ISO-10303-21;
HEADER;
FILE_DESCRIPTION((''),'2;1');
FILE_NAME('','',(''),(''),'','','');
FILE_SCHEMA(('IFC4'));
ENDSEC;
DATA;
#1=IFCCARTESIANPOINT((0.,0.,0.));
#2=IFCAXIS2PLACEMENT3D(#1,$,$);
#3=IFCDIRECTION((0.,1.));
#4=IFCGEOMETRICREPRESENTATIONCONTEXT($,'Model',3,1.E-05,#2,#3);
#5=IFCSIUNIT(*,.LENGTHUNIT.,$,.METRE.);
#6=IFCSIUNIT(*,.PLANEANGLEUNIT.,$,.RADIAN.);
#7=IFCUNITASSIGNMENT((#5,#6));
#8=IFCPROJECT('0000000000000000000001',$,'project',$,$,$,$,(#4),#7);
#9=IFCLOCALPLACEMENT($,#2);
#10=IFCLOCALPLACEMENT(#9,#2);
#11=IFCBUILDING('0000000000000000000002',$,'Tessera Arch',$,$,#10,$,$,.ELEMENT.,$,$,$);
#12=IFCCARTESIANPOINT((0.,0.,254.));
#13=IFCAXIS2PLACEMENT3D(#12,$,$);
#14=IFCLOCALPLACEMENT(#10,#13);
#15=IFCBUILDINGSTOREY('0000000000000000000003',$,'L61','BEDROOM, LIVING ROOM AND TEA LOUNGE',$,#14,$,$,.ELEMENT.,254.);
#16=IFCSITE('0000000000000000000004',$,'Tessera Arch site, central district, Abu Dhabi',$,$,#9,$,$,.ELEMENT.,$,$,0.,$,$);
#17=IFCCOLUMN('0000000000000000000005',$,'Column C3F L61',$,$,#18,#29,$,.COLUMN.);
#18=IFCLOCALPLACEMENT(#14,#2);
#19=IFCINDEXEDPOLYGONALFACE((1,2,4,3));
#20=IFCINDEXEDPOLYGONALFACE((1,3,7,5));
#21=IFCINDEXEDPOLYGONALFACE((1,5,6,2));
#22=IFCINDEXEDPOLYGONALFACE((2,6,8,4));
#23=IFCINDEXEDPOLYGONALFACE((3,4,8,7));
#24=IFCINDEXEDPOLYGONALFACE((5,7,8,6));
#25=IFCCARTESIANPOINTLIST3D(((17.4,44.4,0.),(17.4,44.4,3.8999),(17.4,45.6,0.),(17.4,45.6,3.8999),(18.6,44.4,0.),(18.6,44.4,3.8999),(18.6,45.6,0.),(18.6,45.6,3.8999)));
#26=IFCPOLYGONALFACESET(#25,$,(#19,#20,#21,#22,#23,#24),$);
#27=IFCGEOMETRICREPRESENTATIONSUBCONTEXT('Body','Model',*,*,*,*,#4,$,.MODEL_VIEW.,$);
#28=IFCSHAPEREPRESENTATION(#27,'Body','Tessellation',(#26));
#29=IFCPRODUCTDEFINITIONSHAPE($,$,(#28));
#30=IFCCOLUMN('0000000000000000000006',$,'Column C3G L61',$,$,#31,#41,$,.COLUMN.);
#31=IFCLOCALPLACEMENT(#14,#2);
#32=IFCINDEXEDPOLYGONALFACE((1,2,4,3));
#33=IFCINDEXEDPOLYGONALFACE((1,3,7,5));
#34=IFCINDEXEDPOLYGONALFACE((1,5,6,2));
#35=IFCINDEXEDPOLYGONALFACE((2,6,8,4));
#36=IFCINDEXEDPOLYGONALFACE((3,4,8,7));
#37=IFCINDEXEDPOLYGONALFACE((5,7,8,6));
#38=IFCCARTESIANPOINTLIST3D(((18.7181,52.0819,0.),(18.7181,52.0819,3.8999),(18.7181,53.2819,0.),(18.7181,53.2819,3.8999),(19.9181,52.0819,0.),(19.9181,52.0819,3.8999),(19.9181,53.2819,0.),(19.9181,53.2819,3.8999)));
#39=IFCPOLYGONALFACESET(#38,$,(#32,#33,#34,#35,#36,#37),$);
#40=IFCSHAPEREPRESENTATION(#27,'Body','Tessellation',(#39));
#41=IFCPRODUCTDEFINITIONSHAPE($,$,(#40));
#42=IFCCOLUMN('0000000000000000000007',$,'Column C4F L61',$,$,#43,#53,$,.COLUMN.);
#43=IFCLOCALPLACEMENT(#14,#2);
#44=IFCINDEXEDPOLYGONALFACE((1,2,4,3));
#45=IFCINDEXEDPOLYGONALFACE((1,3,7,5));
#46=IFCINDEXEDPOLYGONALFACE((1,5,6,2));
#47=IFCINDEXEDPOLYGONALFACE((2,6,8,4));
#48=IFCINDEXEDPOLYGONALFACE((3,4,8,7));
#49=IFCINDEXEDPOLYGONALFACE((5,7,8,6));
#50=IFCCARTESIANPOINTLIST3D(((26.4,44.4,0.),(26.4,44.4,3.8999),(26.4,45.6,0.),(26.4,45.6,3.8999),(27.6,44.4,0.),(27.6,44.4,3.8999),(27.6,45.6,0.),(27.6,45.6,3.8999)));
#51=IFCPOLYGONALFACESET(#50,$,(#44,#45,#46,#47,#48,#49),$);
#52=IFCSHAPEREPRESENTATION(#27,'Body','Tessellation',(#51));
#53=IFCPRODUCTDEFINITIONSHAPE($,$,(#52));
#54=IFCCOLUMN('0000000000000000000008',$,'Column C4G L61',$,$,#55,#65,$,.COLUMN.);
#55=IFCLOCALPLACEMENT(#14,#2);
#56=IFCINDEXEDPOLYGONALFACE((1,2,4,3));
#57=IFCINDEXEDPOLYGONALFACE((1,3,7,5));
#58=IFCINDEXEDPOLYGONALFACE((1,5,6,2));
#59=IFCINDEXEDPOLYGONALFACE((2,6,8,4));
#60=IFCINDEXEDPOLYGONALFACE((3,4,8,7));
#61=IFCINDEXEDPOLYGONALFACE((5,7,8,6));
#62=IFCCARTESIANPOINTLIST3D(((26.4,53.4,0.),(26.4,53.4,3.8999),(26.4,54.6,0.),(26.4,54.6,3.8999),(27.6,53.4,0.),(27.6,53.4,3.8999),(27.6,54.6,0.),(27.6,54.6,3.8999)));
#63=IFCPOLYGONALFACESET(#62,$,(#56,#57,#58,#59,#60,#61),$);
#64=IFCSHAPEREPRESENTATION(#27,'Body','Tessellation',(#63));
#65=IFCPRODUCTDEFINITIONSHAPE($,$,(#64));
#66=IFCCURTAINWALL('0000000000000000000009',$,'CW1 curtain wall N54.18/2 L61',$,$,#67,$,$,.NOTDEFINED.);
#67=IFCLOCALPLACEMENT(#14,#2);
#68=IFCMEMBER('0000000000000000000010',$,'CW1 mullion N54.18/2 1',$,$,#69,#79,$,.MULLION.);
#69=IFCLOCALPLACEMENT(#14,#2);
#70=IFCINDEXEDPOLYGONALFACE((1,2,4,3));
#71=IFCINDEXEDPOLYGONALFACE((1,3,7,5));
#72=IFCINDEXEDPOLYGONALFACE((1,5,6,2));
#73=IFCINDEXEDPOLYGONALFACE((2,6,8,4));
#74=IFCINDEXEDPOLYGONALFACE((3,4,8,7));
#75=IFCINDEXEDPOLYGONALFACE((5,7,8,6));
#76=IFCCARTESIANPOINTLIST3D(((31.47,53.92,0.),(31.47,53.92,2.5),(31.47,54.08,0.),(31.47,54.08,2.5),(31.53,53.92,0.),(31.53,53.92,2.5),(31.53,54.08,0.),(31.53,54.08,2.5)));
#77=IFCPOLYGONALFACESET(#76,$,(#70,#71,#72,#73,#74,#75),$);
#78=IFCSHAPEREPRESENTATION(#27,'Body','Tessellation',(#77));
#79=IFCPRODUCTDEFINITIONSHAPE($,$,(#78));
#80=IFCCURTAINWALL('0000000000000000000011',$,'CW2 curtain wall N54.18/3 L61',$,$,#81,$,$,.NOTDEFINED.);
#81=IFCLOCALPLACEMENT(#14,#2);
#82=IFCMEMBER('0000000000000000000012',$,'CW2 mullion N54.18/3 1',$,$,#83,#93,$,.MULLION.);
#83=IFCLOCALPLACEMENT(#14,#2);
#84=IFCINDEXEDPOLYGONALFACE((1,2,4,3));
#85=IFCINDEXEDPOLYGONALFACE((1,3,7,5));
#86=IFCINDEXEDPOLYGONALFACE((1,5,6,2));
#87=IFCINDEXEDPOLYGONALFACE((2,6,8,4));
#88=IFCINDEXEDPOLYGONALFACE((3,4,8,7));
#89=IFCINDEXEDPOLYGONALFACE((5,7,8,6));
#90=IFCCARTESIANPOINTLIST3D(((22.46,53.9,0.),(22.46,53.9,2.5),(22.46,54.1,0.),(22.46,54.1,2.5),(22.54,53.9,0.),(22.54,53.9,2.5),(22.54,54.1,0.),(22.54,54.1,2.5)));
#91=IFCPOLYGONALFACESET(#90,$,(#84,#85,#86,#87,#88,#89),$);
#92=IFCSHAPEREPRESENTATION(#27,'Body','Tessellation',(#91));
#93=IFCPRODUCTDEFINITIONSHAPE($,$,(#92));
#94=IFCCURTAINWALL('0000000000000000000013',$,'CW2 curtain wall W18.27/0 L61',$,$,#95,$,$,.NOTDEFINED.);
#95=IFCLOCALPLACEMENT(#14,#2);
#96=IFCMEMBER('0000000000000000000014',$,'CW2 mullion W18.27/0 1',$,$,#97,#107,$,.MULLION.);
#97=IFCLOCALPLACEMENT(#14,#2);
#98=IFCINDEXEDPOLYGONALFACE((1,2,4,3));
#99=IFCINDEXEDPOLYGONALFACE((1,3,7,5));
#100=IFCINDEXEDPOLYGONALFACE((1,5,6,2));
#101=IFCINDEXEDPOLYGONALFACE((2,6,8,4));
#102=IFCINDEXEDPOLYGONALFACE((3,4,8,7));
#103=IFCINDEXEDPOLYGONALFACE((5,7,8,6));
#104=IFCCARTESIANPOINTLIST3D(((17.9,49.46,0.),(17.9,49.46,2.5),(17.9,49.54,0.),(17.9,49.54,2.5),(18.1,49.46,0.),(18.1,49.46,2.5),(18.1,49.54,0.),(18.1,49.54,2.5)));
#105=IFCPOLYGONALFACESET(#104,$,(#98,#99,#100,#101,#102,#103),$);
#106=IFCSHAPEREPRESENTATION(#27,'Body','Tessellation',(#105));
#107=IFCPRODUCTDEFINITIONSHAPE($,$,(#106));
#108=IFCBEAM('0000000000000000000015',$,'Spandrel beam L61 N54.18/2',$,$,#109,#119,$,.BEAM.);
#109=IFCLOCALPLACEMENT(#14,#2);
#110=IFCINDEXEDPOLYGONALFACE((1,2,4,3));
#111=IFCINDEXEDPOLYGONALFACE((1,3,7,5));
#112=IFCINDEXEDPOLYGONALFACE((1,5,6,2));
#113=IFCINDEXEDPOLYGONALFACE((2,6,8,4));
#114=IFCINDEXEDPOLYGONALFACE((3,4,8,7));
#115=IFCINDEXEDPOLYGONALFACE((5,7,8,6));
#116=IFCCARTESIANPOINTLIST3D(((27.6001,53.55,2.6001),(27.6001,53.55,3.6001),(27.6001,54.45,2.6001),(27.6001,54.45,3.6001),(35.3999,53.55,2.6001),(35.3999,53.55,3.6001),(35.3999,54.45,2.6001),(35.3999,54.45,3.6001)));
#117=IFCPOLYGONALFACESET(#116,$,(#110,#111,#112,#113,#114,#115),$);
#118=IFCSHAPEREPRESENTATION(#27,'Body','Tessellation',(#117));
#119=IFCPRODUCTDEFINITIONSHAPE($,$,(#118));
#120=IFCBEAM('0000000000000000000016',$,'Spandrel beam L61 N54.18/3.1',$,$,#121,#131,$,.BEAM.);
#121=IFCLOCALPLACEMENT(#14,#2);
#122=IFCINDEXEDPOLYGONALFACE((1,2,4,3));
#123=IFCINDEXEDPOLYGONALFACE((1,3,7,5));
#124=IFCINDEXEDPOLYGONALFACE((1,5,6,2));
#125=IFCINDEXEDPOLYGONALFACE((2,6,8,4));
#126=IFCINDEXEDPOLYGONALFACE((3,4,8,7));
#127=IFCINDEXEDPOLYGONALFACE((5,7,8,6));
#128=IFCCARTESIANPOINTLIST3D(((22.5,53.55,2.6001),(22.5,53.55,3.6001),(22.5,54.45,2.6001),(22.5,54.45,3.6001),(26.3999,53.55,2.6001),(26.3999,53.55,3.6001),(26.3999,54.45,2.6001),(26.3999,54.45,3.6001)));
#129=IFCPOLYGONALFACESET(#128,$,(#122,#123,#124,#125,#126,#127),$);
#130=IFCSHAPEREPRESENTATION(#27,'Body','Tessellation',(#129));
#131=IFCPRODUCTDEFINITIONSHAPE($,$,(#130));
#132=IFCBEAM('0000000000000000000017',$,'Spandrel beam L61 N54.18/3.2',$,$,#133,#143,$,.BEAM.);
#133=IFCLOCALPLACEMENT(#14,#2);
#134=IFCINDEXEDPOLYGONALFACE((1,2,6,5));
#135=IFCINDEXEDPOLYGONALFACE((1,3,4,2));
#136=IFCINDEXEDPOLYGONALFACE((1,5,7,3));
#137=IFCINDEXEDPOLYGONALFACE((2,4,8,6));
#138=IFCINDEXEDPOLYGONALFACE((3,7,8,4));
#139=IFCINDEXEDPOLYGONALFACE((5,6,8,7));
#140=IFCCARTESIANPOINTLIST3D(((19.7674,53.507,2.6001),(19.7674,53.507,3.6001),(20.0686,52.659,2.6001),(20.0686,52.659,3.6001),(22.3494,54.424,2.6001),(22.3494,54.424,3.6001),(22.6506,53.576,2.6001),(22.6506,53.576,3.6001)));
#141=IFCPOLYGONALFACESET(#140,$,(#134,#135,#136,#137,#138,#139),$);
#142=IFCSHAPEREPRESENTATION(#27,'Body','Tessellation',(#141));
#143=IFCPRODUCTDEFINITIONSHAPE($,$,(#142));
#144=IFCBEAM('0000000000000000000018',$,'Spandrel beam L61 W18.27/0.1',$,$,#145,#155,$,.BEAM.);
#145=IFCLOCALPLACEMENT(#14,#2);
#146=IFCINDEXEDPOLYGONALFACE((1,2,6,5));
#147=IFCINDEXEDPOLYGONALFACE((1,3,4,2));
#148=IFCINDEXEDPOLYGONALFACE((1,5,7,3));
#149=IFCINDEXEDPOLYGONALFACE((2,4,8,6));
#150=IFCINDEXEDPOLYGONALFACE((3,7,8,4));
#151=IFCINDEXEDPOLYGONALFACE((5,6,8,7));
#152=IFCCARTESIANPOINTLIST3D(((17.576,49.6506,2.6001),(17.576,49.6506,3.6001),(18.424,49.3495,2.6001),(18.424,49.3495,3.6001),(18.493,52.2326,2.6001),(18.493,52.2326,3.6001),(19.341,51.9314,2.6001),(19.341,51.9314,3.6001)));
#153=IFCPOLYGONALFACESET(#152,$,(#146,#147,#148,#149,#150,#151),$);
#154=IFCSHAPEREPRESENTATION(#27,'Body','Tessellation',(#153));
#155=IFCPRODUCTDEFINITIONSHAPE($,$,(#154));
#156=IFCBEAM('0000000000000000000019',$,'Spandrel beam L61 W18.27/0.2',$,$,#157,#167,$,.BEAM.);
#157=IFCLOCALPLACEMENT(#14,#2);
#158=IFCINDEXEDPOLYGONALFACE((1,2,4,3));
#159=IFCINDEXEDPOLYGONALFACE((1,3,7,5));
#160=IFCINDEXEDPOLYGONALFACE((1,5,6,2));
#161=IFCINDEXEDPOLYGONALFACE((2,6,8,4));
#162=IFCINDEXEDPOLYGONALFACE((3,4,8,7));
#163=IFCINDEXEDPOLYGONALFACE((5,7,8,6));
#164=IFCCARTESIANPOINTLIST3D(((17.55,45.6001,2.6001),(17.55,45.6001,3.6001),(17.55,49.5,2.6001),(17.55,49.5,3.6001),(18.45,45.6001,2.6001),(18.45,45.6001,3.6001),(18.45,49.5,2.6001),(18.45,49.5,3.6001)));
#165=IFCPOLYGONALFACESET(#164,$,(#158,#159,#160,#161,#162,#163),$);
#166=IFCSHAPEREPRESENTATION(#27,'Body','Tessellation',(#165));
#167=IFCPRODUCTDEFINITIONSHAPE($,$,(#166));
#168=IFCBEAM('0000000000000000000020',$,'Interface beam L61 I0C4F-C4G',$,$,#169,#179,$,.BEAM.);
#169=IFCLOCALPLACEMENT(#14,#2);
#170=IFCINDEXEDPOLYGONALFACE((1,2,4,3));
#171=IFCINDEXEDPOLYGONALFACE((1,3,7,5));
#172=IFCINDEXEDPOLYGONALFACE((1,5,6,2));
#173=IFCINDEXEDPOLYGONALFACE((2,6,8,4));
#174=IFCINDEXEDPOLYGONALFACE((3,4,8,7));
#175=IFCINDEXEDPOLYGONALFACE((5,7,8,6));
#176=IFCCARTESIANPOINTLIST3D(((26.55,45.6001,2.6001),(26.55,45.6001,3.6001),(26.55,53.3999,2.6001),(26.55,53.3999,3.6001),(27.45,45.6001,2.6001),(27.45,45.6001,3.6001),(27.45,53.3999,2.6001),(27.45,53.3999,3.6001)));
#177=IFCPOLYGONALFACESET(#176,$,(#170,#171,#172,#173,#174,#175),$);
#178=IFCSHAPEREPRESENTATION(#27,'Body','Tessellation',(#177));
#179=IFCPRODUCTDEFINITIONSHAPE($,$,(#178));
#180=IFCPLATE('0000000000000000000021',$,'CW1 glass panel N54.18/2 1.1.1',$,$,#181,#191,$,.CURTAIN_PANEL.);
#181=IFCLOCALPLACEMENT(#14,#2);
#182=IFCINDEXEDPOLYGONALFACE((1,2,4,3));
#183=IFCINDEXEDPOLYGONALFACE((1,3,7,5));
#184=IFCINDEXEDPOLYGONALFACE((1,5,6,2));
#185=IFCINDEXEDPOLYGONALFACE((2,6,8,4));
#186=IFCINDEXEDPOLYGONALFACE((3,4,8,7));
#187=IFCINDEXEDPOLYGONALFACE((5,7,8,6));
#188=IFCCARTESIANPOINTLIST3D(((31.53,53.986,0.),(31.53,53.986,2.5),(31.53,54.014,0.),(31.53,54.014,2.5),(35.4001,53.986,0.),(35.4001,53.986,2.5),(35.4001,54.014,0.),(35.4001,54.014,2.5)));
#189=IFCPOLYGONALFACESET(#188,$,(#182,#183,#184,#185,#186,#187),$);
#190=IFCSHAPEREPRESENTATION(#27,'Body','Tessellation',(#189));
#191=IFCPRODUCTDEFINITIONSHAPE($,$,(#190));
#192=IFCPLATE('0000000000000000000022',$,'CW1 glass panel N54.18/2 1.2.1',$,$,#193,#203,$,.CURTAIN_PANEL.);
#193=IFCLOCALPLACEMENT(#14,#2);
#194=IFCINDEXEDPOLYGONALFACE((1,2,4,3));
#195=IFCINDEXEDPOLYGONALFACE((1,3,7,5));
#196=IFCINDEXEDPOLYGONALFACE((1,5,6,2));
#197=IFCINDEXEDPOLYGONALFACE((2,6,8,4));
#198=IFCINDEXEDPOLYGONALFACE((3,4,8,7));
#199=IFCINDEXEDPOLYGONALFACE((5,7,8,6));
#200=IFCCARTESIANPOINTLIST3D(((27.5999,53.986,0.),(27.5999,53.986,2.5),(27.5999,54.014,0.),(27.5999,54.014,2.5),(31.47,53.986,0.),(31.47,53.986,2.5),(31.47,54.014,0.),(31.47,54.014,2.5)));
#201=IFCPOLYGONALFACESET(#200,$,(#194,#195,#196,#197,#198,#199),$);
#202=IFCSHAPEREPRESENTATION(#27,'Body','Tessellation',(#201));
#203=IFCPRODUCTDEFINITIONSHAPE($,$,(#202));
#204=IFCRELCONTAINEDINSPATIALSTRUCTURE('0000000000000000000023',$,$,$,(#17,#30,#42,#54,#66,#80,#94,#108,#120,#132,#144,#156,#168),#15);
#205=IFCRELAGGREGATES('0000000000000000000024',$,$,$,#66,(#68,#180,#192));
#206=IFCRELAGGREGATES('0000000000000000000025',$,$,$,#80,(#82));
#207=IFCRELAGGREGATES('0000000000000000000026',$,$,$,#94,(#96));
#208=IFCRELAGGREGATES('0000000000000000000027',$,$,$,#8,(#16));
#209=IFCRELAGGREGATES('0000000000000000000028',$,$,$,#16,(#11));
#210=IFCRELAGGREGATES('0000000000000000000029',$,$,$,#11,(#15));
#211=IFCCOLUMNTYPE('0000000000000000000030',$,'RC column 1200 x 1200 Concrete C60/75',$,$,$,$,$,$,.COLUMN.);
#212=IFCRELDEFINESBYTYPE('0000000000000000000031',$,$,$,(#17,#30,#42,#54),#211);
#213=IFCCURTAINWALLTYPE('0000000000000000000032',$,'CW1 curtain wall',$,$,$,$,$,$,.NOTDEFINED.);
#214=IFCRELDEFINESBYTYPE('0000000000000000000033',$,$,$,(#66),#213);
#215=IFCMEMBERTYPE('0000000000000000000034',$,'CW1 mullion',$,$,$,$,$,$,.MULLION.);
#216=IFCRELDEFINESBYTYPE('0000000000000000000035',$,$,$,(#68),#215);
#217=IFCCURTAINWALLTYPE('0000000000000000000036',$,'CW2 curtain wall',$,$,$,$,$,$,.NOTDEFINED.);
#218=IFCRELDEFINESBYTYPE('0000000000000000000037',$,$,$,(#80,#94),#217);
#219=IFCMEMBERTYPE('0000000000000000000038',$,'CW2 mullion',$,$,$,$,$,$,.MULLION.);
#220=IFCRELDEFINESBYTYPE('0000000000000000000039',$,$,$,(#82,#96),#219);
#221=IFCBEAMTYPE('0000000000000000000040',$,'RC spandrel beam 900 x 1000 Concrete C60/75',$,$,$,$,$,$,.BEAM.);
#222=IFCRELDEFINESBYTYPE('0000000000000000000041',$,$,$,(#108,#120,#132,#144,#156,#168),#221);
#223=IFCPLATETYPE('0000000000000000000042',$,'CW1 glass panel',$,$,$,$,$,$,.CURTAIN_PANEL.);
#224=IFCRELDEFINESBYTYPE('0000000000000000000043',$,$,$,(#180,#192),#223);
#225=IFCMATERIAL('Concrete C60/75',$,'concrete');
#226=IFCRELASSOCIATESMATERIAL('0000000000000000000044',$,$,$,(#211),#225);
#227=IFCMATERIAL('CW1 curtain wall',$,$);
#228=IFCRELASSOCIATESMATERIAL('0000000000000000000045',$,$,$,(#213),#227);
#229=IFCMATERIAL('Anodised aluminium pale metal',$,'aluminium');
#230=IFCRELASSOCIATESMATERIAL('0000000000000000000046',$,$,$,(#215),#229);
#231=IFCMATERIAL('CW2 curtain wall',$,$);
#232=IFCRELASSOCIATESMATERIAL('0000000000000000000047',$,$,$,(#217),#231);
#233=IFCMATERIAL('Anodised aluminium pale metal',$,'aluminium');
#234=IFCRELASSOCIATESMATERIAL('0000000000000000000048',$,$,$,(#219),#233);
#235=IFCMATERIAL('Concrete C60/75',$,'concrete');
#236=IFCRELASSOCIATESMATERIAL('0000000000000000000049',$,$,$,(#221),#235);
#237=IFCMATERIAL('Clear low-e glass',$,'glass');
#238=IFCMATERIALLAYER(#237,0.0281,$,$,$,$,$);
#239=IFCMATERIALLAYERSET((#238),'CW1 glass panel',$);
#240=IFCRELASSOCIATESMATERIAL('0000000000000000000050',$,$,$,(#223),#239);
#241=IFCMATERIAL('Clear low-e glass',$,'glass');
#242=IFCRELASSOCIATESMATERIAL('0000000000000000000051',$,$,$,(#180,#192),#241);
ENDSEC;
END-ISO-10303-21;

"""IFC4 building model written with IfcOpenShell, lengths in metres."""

from ifc_helpers import new_model, si_unit, direction, frame, origin, origin_2d, place, context, subcontext, project, spatial, rectangle, extrude, material, layer, layer_set, material_profile, profile_set, type_object, element, aggregate, save


model = new_model("IFC4")

# Units and contexts
model_context = context("Model", 3, precision=1e-05, world=origin(), true_north=direction((0.0, 1.0)))
body_context = subcontext(model_context, "Body", "Model", "MODEL_VIEW")
ifc_project = project(units=[si_unit("LENGTHUNIT", "METRE"), si_unit("PLANEANGLEUNIT", "RADIAN")], contexts=[model_context])

# Site, building, storey
site_placement = place(None, origin())
site = spatial("IfcSite", under=ifc_project, at=site_placement, Name="Tessera Arch site, central district, Abu Dhabi", CompositionType="ELEMENT", RefElevation=0.0)
building_placement = place(site_placement, origin())
building = spatial("IfcBuilding", under=site, at=building_placement, Name="Tessera Arch", CompositionType="ELEMENT")
storey_placement = place(building_placement, frame((0.0, 0.0, 254.0)))
storey = spatial("IfcBuildingStorey", under=building, at=storey_placement, Name="L61", Description="BEDROOM, LIVING ROOM AND TEA LOUNGE", CompositionType="ELEMENT", Elevation=254.0)

# Columns
ifc_material_1 = material(Name="Concrete C60/75", Category="concrete")
ifc_material_profile_1 = material_profile(ifc_material_1, rectangle(XDim=1.2, YDim=1.2, at=origin_2d()), Name="RC column 1200 x 1200 Concrete C60/75")
ifc_profile_set_1 = profile_set([ifc_material_profile_1], Name="Concrete C60/75")
column_type = type_object("IfcColumnType", Name="RC column 1200 x 1200 Concrete C60/75", PredefinedType="COLUMN", material=ifc_profile_set_1)
for number, where, z_axis, x_axis, name in (
    (1, (18.0, 45.0, 0.0), (0.0, 0.0, 1.0), (1.0, 0.0, 0.0), "Column C3F L61"),
    (2, (19.3181, 52.6819, 0.0), (0.0, 0.0, 1.0), (1.0, 0.0, 0.0), "Column C3G L61"),
    (3, (27.0, 45.0, 0.0), (0.0, 0.0, 1.0), (1.0, 0.0, 0.0), "Column C4F L61"),
    (4, (27.0, 54.0, 0.0), (0.0, 0.0, 1.0), (1.0, 0.0, 0.0), "Column C4G L61"),
):
    element("IfcColumn", number, at=place(storey_placement, frame(where, z_axis=z_axis, x_axis=x_axis)), inside=storey, type_object=column_type, Name=name, PredefinedType="COLUMN", context=body_context, shape_type="SweptSolid", body=[
        extrude(rectangle(XDim=1.2, YDim=1.2, at=origin_2d()), origin(), (0.0, 0.0, 1.0), 3.8999),
    ])

# Curtain walls, members
ifc_material_2 = material(Name="CW1 curtain wall")
curtain_wall_type_1 = type_object("IfcCurtainWallType", Name="CW1 curtain wall", PredefinedType="NOTDEFINED", material=ifc_material_2)
curtain_wall_1_placement = place(storey_placement, origin())
curtain_wall_1 = element("IfcCurtainWall", 5, at=curtain_wall_1_placement, inside=storey, type_object=curtain_wall_type_1, Name="CW1 curtain wall N54.18/2 L61", PredefinedType="NOTDEFINED")
ifc_material_3 = material(Name="Anodised aluminium pale metal", Category="aluminium")
ifc_material_profile_2 = material_profile(ifc_material_3, rectangle(XDim=0.1599, YDim=0.0601, at=origin_2d()), Name="AL 60x160")
ifc_profile_set_2 = profile_set([ifc_material_profile_2], Name="Anodised aluminium pale metal")
member_type_1 = type_object("IfcMemberType", Name="CW1 mullion", PredefinedType="MULLION", material=ifc_profile_set_2)
member_1_placement = place(storey_placement, frame((31.5, 54.0, 0.0), z_axis=(0.0, 0.0, 1.0), x_axis=(0.0, -1.0, 0.0)))
member_1 = element("IfcMember", 6, at=member_1_placement, type_object=member_type_1, Name="CW1 mullion N54.18/2 1", PredefinedType="MULLION", context=body_context, shape_type="SweptSolid", body=[
    extrude(rectangle(XDim=0.1599, YDim=0.0601, at=origin_2d()), origin(), (0.0, 0.0, 1.0), 2.5),
])
ifc_material_4 = material(Name="CW2 curtain wall")
curtain_wall_type_2 = type_object("IfcCurtainWallType", Name="CW2 curtain wall", PredefinedType="NOTDEFINED", material=ifc_material_4)
curtain_wall_2_placement = place(storey_placement, origin())
curtain_wall_2 = element("IfcCurtainWall", 7, at=curtain_wall_2_placement, inside=storey, type_object=curtain_wall_type_2, Name="CW2 curtain wall N54.18/3 L61", PredefinedType="NOTDEFINED")
ifc_material_5 = material(Name="Anodised aluminium pale metal", Category="aluminium")
ifc_material_profile_3 = material_profile(ifc_material_5, rectangle(XDim=0.2, YDim=0.0801, at=origin_2d()), Name="AL 80x200")
ifc_profile_set_3 = profile_set([ifc_material_profile_3], Name="Anodised aluminium pale metal")
member_type_2 = type_object("IfcMemberType", Name="CW2 mullion", PredefinedType="MULLION", material=ifc_profile_set_3)
member_2_placement = place(storey_placement, frame((22.5, 54.0, 0.0), z_axis=(0.0, 0.0, 1.0), x_axis=(0.0, -1.0, 0.0)))
member_2 = element("IfcMember", 8, at=member_2_placement, type_object=member_type_2, Name="CW2 mullion N54.18/3 1", PredefinedType="MULLION", context=body_context, shape_type="SweptSolid", body=[
    extrude(rectangle(XDim=0.2, YDim=0.0801, at=origin_2d()), origin(), (0.0, 0.0, 1.0), 2.5),
])
curtain_wall_3_placement = place(storey_placement, origin())
curtain_wall_3 = element("IfcCurtainWall", 9, at=curtain_wall_3_placement, inside=storey, type_object=curtain_wall_type_2, Name="CW2 curtain wall W18.27/0 L61", PredefinedType="NOTDEFINED")
member_3_placement = place(storey_placement, frame((18.0, 49.5, 0.0), z_axis=(0.0, 0.0, 1.0), x_axis=(1.0, 0.0, 0.0)))
member_3 = element("IfcMember", 10, at=member_3_placement, type_object=member_type_2, Name="CW2 mullion W18.27/0 1", PredefinedType="MULLION", context=body_context, shape_type="SweptSolid", body=[
    extrude(rectangle(XDim=0.2, YDim=0.0801, at=origin_2d()), origin(), (0.0, 0.0, 1.0), 2.5),
])

# Beams
ifc_material_6 = material(Name="Concrete C60/75", Category="concrete")
ifc_material_profile_4 = material_profile(ifc_material_6, rectangle(XDim=0.8999, YDim=1.0, at=origin_2d()), Name="RC spandrel beam 900 x 1000 Concrete C60/75")
ifc_profile_set_4 = profile_set([ifc_material_profile_4], Name="Concrete C60/75")
beam_type = type_object("IfcBeamType", Name="RC spandrel beam 900 x 1000 Concrete C60/75", PredefinedType="BEAM", material=ifc_profile_set_4)
beam_1_placement = place(storey_placement, frame((35.3999, 54.0, 3.1001), z_axis=(-1.0, 0.0, 0.0), x_axis=(0.0, -1.0, 0.0)))
element("IfcBeam", 11, at=beam_1_placement, inside=storey, type_object=beam_type, Name="Spandrel beam L61 N54.18/2", PredefinedType="BEAM", context=body_context, shape_type="SweptSolid", body=[
    extrude(rectangle(XDim=0.8999, YDim=1.0, at=origin_2d()), origin(), (0.0, 0.0, 1.0), 7.7998),
])
beam_2_placement = place(storey_placement, frame((26.3999, 54.0, 3.1001), z_axis=(-1.0, 0.0, 0.0), x_axis=(0.0, -1.0, 0.0)))
element("IfcBeam", 12, at=beam_2_placement, inside=storey, type_object=beam_type, Name="Spandrel beam L61 N54.18/3.1", PredefinedType="BEAM", context=body_context, shape_type="SweptSolid", body=[
    extrude(rectangle(XDim=0.8999, YDim=1.0, at=origin_2d()), origin(), (0.0, 0.0, 1.0), 3.8999),
])
for number, where, z_axis, x_axis, name in (
    (13, (22.5, 54.0, 3.1001), (-0.942337, -0.334665, 0.0), (0.334665, -0.942337, 0.0), "Spandrel beam L61 N54.18/3.2"),
    (14, (18.917, 52.082, 3.1001), (-0.334665, -0.942337, 0.0), (0.942337, -0.334665, 0.0), "Spandrel beam L61 W18.27/0.1"),
):
    element("IfcBeam", number, at=place(storey_placement, frame(where, z_axis=z_axis, x_axis=x_axis)), inside=storey, type_object=beam_type, Name=name, PredefinedType="BEAM", context=body_context, shape_type="SweptSolid", body=[
        extrude(rectangle(XDim=0.8999, YDim=1.0, at=origin_2d()), origin(), (0.0, 0.0, 1.0), 2.74),
    ])
beam_3_placement = place(storey_placement, frame((18.0, 49.5, 3.1001), z_axis=(0.0, -1.0, 0.0), x_axis=(1.0, 0.0, 0.0)))
element("IfcBeam", 15, at=beam_3_placement, inside=storey, type_object=beam_type, Name="Spandrel beam L61 W18.27/0.2", PredefinedType="BEAM", context=body_context, shape_type="SweptSolid", body=[
    extrude(rectangle(XDim=0.8999, YDim=1.0, at=origin_2d()), origin(), (0.0, 0.0, 1.0), 3.8999),
])
beam_4_placement = place(storey_placement, frame((27.0, 45.6001, 3.1001), z_axis=(0.0, 1.0, 0.0), x_axis=(-1.0, 0.0, 0.0)))
element("IfcBeam", 16, at=beam_4_placement, inside=storey, type_object=beam_type, Name="Interface beam L61 I0C4F-C4G", PredefinedType="BEAM", context=body_context, shape_type="SweptSolid", body=[
    extrude(rectangle(XDim=0.8999, YDim=1.0, at=origin_2d()), origin(), (0.0, 0.0, 1.0), 7.7998),
])

# Plates
ifc_material_7 = material(Name="Clear low-e glass", Category="glass")
ifc_material_8 = material(Name="Clear low-e glass", Category="glass")
ifc_layer_1 = layer(ifc_material_8, 0.0281)
ifc_layer_set_1 = layer_set([ifc_layer_1], Name="CW1 glass panel")
plate_type_1 = type_object("IfcPlateType", Name="CW1 glass panel", PredefinedType="CURTAIN_PANEL", material=ifc_layer_set_1)
plate_1_placement = place(storey_placement, frame((33.4651, 54.0, 0.0), z_axis=(0.0, 0.0, 1.0), x_axis=(-1.0, 0.0, 0.0)))
plate_1 = element("IfcPlate", 17, at=plate_1_placement, type_object=plate_type_1, material=ifc_material_7, Name="CW1 glass panel N54.18/2 1.1.1", PredefinedType="CURTAIN_PANEL", context=body_context, shape_type="SweptSolid", body=[
    extrude(rectangle(XDim=3.8701, YDim=0.0281, at=origin_2d()), origin(), (0.0, 0.0, 1.0), 2.5),
])
plate_2_placement = place(storey_placement, frame((29.5349, 54.0, 0.0), z_axis=(0.0, 0.0, 1.0), x_axis=(-1.0, 0.0, 0.0)))
plate_2 = element("IfcPlate", 18, at=plate_2_placement, type_object=plate_type_1, material=ifc_material_7, Name="CW1 glass panel N54.18/2 1.2.1", PredefinedType="CURTAIN_PANEL", context=body_context, shape_type="SweptSolid", body=[
    extrude(rectangle(XDim=3.8701, YDim=0.0281, at=origin_2d()), origin(), (0.0, 0.0, 1.0), 2.5),
])
aggregate(curtain_wall_1, [member_1, plate_1, plate_2])
aggregate(curtain_wall_2, [member_2])
aggregate(curtain_wall_3, [member_3])

save(model, "model.ifc")
